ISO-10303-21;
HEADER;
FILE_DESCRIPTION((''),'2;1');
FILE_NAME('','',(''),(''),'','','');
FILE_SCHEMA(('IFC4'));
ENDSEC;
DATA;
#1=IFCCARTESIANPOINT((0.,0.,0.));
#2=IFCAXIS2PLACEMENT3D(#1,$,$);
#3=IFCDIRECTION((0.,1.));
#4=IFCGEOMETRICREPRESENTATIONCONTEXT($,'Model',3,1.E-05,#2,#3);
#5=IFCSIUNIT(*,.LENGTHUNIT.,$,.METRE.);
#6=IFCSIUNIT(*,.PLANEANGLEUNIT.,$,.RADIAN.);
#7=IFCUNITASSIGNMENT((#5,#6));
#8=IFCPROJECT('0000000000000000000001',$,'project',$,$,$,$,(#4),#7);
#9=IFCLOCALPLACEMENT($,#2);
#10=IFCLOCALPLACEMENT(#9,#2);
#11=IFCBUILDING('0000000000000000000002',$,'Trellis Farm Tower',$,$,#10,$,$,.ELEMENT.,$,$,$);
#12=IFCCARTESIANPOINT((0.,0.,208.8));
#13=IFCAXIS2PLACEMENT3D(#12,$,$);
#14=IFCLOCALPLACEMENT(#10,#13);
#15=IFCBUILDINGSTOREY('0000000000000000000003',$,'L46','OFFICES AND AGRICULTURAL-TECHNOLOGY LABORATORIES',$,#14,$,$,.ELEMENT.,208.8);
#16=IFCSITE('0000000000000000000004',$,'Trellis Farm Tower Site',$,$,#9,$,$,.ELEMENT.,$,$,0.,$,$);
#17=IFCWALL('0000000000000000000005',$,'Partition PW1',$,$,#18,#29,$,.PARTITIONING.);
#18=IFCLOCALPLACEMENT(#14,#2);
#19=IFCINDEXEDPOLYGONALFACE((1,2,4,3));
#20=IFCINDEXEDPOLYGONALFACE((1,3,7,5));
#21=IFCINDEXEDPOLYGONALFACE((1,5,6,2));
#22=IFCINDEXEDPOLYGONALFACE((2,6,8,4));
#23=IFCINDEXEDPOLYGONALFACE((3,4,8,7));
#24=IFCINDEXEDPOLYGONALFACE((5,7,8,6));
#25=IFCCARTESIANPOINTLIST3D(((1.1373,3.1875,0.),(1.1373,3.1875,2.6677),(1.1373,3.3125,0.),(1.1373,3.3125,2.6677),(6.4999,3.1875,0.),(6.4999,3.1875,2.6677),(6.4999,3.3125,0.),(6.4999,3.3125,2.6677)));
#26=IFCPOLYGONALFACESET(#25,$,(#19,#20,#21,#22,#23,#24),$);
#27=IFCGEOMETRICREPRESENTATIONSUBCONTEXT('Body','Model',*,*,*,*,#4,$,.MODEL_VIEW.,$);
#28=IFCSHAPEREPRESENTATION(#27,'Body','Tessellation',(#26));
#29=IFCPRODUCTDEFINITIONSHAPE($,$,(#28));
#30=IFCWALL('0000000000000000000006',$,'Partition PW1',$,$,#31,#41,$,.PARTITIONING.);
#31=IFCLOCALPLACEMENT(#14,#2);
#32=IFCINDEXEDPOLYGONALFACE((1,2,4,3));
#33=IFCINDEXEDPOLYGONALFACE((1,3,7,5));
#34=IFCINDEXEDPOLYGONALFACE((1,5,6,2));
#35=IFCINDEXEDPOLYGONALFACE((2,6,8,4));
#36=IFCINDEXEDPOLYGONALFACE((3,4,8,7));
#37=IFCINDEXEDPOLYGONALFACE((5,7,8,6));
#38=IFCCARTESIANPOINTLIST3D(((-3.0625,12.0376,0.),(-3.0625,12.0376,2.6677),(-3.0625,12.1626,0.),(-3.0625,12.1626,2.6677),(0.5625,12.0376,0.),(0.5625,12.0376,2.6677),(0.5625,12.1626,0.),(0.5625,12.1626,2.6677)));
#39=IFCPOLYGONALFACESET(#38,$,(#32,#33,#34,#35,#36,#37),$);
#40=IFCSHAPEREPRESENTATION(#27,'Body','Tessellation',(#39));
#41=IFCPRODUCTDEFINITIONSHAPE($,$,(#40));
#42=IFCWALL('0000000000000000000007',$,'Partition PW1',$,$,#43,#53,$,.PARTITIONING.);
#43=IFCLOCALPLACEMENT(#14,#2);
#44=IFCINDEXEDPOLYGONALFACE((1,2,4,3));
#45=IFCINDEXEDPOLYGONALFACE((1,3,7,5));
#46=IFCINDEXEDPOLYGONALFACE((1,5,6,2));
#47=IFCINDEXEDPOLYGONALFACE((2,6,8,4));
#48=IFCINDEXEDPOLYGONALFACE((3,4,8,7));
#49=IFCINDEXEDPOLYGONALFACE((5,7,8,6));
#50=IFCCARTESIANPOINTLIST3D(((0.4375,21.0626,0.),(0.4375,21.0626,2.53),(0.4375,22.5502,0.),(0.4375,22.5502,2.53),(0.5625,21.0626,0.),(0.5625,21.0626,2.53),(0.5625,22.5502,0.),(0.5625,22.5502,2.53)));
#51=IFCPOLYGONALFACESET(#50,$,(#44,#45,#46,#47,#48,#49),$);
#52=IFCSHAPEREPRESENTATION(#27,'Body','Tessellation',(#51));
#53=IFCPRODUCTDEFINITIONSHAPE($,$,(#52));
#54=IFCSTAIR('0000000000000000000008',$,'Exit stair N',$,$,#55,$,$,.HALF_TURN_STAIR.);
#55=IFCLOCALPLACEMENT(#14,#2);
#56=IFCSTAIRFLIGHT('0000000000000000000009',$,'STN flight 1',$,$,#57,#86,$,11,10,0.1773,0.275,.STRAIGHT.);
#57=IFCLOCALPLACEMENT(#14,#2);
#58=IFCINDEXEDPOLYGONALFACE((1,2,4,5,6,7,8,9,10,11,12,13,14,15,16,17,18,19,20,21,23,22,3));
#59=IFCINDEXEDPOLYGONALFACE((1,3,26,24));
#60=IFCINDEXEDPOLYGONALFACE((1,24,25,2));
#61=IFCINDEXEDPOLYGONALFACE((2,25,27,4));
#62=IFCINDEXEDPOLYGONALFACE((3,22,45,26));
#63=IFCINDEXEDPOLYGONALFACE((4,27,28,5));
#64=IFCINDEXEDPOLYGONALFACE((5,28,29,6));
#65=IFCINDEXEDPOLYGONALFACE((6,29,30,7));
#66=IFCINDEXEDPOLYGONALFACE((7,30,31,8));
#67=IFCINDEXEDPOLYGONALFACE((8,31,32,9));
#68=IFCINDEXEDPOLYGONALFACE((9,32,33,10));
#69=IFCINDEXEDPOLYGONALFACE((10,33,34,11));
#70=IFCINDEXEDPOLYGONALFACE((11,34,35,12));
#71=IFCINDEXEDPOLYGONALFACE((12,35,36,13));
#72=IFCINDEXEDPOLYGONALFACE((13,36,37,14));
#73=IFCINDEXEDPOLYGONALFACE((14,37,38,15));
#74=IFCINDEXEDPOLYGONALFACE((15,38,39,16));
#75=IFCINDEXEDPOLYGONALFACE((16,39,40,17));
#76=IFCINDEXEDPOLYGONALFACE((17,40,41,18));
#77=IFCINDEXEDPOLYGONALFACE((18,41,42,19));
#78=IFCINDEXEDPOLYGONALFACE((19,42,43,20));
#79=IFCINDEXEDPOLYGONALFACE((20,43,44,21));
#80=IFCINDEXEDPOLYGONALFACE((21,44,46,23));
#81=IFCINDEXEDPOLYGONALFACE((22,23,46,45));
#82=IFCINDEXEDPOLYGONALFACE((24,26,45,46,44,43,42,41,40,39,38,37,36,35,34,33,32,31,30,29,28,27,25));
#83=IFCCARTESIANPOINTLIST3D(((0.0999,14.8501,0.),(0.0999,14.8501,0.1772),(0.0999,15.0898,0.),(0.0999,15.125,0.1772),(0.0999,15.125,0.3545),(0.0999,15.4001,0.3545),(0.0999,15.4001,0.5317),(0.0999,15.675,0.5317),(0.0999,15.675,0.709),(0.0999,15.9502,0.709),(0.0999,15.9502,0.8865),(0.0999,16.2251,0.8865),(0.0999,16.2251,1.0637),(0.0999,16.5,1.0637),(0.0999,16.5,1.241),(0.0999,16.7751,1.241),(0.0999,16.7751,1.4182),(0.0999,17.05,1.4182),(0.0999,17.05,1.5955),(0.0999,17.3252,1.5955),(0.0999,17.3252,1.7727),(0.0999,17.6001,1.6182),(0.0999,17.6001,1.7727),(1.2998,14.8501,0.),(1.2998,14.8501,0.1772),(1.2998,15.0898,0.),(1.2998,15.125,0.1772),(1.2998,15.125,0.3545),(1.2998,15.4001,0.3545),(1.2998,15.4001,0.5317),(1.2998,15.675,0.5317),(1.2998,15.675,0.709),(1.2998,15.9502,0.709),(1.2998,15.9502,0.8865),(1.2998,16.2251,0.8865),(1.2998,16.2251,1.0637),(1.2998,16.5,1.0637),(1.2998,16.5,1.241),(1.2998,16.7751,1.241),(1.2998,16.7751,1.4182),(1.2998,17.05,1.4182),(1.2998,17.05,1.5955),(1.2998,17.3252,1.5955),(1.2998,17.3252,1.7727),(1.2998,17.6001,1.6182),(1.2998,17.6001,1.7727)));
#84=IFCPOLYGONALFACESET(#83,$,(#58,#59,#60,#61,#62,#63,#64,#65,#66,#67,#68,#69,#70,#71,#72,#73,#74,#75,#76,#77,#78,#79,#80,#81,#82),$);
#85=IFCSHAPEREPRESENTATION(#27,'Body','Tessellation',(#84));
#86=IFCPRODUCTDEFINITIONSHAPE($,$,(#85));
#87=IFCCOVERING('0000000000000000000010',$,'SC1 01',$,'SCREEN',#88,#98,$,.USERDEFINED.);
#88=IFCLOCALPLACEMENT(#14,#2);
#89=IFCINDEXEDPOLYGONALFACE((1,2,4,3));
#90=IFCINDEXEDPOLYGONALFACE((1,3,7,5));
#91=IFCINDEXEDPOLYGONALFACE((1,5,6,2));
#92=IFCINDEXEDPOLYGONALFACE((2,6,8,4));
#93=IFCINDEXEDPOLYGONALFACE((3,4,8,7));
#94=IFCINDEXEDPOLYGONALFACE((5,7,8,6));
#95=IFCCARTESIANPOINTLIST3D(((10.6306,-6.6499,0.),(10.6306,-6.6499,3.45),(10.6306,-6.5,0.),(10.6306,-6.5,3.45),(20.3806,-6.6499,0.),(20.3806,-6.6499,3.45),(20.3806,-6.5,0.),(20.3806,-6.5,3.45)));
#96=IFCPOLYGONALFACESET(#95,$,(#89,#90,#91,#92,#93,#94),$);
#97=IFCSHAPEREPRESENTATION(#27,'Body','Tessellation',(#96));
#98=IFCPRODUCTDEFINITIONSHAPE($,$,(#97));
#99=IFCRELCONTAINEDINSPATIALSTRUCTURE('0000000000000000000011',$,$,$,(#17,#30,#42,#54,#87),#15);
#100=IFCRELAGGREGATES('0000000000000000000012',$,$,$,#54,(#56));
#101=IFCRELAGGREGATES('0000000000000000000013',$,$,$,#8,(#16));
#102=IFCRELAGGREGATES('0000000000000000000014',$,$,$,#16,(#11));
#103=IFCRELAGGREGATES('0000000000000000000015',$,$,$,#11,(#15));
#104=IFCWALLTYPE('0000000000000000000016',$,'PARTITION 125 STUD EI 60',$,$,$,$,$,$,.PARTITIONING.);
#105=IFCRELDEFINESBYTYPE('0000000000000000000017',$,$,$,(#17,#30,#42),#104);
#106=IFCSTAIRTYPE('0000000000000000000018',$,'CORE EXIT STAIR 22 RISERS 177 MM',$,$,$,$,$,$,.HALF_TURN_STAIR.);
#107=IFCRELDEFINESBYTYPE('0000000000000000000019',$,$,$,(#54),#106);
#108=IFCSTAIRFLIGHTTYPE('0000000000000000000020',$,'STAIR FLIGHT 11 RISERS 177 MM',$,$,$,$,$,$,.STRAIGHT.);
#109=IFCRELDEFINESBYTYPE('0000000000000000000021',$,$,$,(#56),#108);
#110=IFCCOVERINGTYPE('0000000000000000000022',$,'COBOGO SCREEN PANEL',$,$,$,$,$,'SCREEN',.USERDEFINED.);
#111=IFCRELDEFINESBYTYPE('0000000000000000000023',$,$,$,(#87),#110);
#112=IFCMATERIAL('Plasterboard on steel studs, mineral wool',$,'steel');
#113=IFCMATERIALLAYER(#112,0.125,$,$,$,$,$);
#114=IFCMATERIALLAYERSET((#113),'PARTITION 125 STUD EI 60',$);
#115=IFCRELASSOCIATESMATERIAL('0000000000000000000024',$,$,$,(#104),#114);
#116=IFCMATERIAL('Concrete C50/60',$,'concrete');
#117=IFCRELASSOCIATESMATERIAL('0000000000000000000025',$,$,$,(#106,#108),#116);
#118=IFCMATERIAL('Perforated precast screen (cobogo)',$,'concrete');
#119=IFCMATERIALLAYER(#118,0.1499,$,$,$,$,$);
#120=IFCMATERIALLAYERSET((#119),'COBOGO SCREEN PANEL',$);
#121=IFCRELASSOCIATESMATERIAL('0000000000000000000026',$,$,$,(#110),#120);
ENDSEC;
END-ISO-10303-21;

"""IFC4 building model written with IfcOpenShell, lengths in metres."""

from ifc_helpers import new_model, si_unit, direction, frame, frame_2d, origin, place, context, subcontext, project, spatial, polyline, rectangle, outline, extrude, source, transform, mapped, material, layer, layer_set, type_object, element, aggregate, save


model = new_model("IFC4")

# Units and contexts
model_context = context("Model", 3, precision=1e-05, world=origin(), true_north=direction((0.0, 1.0)))
body_context = subcontext(model_context, "Body", "Model", "MODEL_VIEW")
ifc_project = project(units=[si_unit("LENGTHUNIT", "METRE"), si_unit("PLANEANGLEUNIT", "RADIAN")], contexts=[model_context])

# Site, building, storey
site_placement = place(None, origin())
site = spatial("IfcSite", under=ifc_project, at=site_placement, Name="Trellis Farm Tower Site", CompositionType="ELEMENT", RefElevation=0.0)
building_placement = place(site_placement, origin())
building = spatial("IfcBuilding", under=site, at=building_placement, Name="Trellis Farm Tower", CompositionType="ELEMENT")
storey_placement = place(building_placement, frame((0.0, 0.0, 208.8)))
storey = spatial("IfcBuildingStorey", under=building, at=storey_placement, Name="L46", Description="OFFICES AND AGRICULTURAL-TECHNOLOGY LABORATORIES", CompositionType="ELEMENT", Elevation=208.8)

# Shared definitions
placement_1 = place(storey_placement, origin())

# Shared definitions
ifc_material_1 = material(Name="Plasterboard on steel studs, mineral wool", Category="steel")
ifc_layer_1 = layer(ifc_material_1, 0.125)
ifc_layer_set_1 = layer_set([ifc_layer_1], Name="PARTITION 125 STUD EI 60")
wall_type_1 = type_object("IfcWallType", Name="PARTITION 125 STUD EI 60", PredefinedType="PARTITIONING", material=ifc_layer_set_1)

# Walls
shared_shape_1 = source(origin(), body_context, "Body", "SweptSolid", [
    extrude(rectangle(XDim=5.3625, YDim=0.125, at=frame_2d((2.6812, 0.0))), origin(), (0.0, 0.0, 1.0), 2.6677),
])
wall_1_placement = place(storey_placement, frame((1.1375, 3.25, 0.0), z_axis=(0.0, 0.0, 1.0), x_axis=(1.0, 0.0, 0.0)))
element("IfcWall", 1, at=wall_1_placement, inside=storey, type_object=wall_type_1, Name="Partition PW1", PredefinedType="PARTITIONING", context=body_context, shape_type="MappedRepresentation", body=[
    mapped(shared_shape_1, transform((0.0, 0.0, 0.0))),
])
shared_shape_2 = source(origin(), body_context, "Body", "SweptSolid", [
    extrude(rectangle(XDim=3.625, YDim=0.125, at=frame_2d((1.8125, 0.0))), origin(), (0.0, 0.0, 1.0), 2.6677),
])
wall_2_placement = place(storey_placement, frame((0.5625, 12.1001, 0.0), z_axis=(0.0, 0.0, 1.0), x_axis=(-1.0, 0.0, 0.0)))
element("IfcWall", 2, at=wall_2_placement, inside=storey, type_object=wall_type_1, Name="Partition PW1", PredefinedType="PARTITIONING", context=body_context, shape_type="MappedRepresentation", body=[
    mapped(shared_shape_2, transform((0.0, 0.0, 0.0))),
])
shared_shape_3 = source(origin(), body_context, "Body", "SweptSolid", [
    extrude(rectangle(XDim=1.4875, YDim=0.125, at=frame_2d((0.7437, 0.0))), origin(), (0.0, 0.0, 1.0), 2.53),
])
wall_3_placement = place(storey_placement, frame((0.5, 22.55, 0.0), z_axis=(0.0, 0.0, 1.0), x_axis=(0.0, -1.0, 0.0)))
element("IfcWall", 3, at=wall_3_placement, inside=storey, type_object=wall_type_1, Name="Partition PW1", PredefinedType="PARTITIONING", context=body_context, shape_type="MappedRepresentation", body=[
    mapped(shared_shape_3, transform((0.0, 0.0, 0.0))),
])

# Stair, stair flight
ifc_material_2 = material(Name="Concrete C50/60", Category="concrete")
stair_type = type_object("IfcStairType", Name="CORE EXIT STAIR 22 RISERS 177 MM", PredefinedType="HALF_TURN_STAIR", material=ifc_material_2)
stair = element("IfcStair", 4, at=placement_1, inside=storey, type_object=stair_type, Name="Exit stair N", PredefinedType="HALF_TURN_STAIR")
stair_flight_type = type_object("IfcStairFlightType", Name="STAIR FLIGHT 11 RISERS 177 MM", PredefinedType="STRAIGHT", material=ifc_material_2)
shared_shape_4 = source(origin(), body_context, "Body", "SweptSolid", [
    extrude(outline(polyline([(0.0, 0.0), (0.0, 0.1772), (0.2749, 0.1772), (0.2749, 0.3545), (0.55, 0.3545), (0.55, 0.5317), (0.825, 0.5317), (0.825, 0.709), (1.1001, 0.709), (1.1001, 0.8865), (1.375, 0.8865), (1.375, 1.0637), (1.6499, 1.0637), (1.6499, 1.241), (1.925, 1.241), (1.925, 1.4182), (2.2, 1.4182), (2.2, 1.5955), (2.4751, 1.5955), (2.4751, 1.7727), (2.75, 1.7727), (2.75, 1.95), (2.75, 1.6182), (0.2397, 0.0), (0.0, 0.0)])), frame((0.0, 0.6001, 0.0), z_axis=(0.0, -1.0, 0.0), x_axis=(1.0, 0.0, 0.0)), (0.0, 0.0, 1.0), 1.2),
])
stair_flight_placement = place(storey_placement, frame((0.7, 14.8501, 0.0), z_axis=(0.0, 0.0, 1.0), x_axis=(0.0, 1.0, 0.0)))
stair_flight = element("IfcStairFlight", 5, at=stair_flight_placement, type_object=stair_flight_type, Name="STN flight 1", NumberOfRisers=11, NumberOfTreads=10, PredefinedType="STRAIGHT", RiserHeight=0.1773, TreadLength=0.275, context=body_context, shape_type="MappedRepresentation", body=[
    mapped(shared_shape_4, transform((0.0, 0.0, 0.0))),
])
aggregate(stair, [stair_flight])

# Covering
ifc_material_3 = material(Name="Perforated precast screen (cobogo)", Category="concrete")
ifc_layer_2 = layer(ifc_material_3, 0.1499)
ifc_layer_set_2 = layer_set([ifc_layer_2], Name="COBOGO SCREEN PANEL")
covering_type = type_object("IfcCoveringType", Name="COBOGO SCREEN PANEL", ElementType="SCREEN", PredefinedType="USERDEFINED", material=ifc_layer_set_2)
element("IfcCovering", 6, at=placement_1, inside=storey, type_object=covering_type, Name="SC1 01", ObjectType="SCREEN", PredefinedType="USERDEFINED", context=body_context, shape_type="SweptSolid", body=[
    extrude(outline(polyline([(10.6306, -6.6499), (20.3806, -6.6499), (20.3806, -6.5), (10.6306, -6.5), (10.6306, -6.6499)])), origin(), (0.0, 0.0, 1.0), 3.45),
])

save(model, "model.ifc")
